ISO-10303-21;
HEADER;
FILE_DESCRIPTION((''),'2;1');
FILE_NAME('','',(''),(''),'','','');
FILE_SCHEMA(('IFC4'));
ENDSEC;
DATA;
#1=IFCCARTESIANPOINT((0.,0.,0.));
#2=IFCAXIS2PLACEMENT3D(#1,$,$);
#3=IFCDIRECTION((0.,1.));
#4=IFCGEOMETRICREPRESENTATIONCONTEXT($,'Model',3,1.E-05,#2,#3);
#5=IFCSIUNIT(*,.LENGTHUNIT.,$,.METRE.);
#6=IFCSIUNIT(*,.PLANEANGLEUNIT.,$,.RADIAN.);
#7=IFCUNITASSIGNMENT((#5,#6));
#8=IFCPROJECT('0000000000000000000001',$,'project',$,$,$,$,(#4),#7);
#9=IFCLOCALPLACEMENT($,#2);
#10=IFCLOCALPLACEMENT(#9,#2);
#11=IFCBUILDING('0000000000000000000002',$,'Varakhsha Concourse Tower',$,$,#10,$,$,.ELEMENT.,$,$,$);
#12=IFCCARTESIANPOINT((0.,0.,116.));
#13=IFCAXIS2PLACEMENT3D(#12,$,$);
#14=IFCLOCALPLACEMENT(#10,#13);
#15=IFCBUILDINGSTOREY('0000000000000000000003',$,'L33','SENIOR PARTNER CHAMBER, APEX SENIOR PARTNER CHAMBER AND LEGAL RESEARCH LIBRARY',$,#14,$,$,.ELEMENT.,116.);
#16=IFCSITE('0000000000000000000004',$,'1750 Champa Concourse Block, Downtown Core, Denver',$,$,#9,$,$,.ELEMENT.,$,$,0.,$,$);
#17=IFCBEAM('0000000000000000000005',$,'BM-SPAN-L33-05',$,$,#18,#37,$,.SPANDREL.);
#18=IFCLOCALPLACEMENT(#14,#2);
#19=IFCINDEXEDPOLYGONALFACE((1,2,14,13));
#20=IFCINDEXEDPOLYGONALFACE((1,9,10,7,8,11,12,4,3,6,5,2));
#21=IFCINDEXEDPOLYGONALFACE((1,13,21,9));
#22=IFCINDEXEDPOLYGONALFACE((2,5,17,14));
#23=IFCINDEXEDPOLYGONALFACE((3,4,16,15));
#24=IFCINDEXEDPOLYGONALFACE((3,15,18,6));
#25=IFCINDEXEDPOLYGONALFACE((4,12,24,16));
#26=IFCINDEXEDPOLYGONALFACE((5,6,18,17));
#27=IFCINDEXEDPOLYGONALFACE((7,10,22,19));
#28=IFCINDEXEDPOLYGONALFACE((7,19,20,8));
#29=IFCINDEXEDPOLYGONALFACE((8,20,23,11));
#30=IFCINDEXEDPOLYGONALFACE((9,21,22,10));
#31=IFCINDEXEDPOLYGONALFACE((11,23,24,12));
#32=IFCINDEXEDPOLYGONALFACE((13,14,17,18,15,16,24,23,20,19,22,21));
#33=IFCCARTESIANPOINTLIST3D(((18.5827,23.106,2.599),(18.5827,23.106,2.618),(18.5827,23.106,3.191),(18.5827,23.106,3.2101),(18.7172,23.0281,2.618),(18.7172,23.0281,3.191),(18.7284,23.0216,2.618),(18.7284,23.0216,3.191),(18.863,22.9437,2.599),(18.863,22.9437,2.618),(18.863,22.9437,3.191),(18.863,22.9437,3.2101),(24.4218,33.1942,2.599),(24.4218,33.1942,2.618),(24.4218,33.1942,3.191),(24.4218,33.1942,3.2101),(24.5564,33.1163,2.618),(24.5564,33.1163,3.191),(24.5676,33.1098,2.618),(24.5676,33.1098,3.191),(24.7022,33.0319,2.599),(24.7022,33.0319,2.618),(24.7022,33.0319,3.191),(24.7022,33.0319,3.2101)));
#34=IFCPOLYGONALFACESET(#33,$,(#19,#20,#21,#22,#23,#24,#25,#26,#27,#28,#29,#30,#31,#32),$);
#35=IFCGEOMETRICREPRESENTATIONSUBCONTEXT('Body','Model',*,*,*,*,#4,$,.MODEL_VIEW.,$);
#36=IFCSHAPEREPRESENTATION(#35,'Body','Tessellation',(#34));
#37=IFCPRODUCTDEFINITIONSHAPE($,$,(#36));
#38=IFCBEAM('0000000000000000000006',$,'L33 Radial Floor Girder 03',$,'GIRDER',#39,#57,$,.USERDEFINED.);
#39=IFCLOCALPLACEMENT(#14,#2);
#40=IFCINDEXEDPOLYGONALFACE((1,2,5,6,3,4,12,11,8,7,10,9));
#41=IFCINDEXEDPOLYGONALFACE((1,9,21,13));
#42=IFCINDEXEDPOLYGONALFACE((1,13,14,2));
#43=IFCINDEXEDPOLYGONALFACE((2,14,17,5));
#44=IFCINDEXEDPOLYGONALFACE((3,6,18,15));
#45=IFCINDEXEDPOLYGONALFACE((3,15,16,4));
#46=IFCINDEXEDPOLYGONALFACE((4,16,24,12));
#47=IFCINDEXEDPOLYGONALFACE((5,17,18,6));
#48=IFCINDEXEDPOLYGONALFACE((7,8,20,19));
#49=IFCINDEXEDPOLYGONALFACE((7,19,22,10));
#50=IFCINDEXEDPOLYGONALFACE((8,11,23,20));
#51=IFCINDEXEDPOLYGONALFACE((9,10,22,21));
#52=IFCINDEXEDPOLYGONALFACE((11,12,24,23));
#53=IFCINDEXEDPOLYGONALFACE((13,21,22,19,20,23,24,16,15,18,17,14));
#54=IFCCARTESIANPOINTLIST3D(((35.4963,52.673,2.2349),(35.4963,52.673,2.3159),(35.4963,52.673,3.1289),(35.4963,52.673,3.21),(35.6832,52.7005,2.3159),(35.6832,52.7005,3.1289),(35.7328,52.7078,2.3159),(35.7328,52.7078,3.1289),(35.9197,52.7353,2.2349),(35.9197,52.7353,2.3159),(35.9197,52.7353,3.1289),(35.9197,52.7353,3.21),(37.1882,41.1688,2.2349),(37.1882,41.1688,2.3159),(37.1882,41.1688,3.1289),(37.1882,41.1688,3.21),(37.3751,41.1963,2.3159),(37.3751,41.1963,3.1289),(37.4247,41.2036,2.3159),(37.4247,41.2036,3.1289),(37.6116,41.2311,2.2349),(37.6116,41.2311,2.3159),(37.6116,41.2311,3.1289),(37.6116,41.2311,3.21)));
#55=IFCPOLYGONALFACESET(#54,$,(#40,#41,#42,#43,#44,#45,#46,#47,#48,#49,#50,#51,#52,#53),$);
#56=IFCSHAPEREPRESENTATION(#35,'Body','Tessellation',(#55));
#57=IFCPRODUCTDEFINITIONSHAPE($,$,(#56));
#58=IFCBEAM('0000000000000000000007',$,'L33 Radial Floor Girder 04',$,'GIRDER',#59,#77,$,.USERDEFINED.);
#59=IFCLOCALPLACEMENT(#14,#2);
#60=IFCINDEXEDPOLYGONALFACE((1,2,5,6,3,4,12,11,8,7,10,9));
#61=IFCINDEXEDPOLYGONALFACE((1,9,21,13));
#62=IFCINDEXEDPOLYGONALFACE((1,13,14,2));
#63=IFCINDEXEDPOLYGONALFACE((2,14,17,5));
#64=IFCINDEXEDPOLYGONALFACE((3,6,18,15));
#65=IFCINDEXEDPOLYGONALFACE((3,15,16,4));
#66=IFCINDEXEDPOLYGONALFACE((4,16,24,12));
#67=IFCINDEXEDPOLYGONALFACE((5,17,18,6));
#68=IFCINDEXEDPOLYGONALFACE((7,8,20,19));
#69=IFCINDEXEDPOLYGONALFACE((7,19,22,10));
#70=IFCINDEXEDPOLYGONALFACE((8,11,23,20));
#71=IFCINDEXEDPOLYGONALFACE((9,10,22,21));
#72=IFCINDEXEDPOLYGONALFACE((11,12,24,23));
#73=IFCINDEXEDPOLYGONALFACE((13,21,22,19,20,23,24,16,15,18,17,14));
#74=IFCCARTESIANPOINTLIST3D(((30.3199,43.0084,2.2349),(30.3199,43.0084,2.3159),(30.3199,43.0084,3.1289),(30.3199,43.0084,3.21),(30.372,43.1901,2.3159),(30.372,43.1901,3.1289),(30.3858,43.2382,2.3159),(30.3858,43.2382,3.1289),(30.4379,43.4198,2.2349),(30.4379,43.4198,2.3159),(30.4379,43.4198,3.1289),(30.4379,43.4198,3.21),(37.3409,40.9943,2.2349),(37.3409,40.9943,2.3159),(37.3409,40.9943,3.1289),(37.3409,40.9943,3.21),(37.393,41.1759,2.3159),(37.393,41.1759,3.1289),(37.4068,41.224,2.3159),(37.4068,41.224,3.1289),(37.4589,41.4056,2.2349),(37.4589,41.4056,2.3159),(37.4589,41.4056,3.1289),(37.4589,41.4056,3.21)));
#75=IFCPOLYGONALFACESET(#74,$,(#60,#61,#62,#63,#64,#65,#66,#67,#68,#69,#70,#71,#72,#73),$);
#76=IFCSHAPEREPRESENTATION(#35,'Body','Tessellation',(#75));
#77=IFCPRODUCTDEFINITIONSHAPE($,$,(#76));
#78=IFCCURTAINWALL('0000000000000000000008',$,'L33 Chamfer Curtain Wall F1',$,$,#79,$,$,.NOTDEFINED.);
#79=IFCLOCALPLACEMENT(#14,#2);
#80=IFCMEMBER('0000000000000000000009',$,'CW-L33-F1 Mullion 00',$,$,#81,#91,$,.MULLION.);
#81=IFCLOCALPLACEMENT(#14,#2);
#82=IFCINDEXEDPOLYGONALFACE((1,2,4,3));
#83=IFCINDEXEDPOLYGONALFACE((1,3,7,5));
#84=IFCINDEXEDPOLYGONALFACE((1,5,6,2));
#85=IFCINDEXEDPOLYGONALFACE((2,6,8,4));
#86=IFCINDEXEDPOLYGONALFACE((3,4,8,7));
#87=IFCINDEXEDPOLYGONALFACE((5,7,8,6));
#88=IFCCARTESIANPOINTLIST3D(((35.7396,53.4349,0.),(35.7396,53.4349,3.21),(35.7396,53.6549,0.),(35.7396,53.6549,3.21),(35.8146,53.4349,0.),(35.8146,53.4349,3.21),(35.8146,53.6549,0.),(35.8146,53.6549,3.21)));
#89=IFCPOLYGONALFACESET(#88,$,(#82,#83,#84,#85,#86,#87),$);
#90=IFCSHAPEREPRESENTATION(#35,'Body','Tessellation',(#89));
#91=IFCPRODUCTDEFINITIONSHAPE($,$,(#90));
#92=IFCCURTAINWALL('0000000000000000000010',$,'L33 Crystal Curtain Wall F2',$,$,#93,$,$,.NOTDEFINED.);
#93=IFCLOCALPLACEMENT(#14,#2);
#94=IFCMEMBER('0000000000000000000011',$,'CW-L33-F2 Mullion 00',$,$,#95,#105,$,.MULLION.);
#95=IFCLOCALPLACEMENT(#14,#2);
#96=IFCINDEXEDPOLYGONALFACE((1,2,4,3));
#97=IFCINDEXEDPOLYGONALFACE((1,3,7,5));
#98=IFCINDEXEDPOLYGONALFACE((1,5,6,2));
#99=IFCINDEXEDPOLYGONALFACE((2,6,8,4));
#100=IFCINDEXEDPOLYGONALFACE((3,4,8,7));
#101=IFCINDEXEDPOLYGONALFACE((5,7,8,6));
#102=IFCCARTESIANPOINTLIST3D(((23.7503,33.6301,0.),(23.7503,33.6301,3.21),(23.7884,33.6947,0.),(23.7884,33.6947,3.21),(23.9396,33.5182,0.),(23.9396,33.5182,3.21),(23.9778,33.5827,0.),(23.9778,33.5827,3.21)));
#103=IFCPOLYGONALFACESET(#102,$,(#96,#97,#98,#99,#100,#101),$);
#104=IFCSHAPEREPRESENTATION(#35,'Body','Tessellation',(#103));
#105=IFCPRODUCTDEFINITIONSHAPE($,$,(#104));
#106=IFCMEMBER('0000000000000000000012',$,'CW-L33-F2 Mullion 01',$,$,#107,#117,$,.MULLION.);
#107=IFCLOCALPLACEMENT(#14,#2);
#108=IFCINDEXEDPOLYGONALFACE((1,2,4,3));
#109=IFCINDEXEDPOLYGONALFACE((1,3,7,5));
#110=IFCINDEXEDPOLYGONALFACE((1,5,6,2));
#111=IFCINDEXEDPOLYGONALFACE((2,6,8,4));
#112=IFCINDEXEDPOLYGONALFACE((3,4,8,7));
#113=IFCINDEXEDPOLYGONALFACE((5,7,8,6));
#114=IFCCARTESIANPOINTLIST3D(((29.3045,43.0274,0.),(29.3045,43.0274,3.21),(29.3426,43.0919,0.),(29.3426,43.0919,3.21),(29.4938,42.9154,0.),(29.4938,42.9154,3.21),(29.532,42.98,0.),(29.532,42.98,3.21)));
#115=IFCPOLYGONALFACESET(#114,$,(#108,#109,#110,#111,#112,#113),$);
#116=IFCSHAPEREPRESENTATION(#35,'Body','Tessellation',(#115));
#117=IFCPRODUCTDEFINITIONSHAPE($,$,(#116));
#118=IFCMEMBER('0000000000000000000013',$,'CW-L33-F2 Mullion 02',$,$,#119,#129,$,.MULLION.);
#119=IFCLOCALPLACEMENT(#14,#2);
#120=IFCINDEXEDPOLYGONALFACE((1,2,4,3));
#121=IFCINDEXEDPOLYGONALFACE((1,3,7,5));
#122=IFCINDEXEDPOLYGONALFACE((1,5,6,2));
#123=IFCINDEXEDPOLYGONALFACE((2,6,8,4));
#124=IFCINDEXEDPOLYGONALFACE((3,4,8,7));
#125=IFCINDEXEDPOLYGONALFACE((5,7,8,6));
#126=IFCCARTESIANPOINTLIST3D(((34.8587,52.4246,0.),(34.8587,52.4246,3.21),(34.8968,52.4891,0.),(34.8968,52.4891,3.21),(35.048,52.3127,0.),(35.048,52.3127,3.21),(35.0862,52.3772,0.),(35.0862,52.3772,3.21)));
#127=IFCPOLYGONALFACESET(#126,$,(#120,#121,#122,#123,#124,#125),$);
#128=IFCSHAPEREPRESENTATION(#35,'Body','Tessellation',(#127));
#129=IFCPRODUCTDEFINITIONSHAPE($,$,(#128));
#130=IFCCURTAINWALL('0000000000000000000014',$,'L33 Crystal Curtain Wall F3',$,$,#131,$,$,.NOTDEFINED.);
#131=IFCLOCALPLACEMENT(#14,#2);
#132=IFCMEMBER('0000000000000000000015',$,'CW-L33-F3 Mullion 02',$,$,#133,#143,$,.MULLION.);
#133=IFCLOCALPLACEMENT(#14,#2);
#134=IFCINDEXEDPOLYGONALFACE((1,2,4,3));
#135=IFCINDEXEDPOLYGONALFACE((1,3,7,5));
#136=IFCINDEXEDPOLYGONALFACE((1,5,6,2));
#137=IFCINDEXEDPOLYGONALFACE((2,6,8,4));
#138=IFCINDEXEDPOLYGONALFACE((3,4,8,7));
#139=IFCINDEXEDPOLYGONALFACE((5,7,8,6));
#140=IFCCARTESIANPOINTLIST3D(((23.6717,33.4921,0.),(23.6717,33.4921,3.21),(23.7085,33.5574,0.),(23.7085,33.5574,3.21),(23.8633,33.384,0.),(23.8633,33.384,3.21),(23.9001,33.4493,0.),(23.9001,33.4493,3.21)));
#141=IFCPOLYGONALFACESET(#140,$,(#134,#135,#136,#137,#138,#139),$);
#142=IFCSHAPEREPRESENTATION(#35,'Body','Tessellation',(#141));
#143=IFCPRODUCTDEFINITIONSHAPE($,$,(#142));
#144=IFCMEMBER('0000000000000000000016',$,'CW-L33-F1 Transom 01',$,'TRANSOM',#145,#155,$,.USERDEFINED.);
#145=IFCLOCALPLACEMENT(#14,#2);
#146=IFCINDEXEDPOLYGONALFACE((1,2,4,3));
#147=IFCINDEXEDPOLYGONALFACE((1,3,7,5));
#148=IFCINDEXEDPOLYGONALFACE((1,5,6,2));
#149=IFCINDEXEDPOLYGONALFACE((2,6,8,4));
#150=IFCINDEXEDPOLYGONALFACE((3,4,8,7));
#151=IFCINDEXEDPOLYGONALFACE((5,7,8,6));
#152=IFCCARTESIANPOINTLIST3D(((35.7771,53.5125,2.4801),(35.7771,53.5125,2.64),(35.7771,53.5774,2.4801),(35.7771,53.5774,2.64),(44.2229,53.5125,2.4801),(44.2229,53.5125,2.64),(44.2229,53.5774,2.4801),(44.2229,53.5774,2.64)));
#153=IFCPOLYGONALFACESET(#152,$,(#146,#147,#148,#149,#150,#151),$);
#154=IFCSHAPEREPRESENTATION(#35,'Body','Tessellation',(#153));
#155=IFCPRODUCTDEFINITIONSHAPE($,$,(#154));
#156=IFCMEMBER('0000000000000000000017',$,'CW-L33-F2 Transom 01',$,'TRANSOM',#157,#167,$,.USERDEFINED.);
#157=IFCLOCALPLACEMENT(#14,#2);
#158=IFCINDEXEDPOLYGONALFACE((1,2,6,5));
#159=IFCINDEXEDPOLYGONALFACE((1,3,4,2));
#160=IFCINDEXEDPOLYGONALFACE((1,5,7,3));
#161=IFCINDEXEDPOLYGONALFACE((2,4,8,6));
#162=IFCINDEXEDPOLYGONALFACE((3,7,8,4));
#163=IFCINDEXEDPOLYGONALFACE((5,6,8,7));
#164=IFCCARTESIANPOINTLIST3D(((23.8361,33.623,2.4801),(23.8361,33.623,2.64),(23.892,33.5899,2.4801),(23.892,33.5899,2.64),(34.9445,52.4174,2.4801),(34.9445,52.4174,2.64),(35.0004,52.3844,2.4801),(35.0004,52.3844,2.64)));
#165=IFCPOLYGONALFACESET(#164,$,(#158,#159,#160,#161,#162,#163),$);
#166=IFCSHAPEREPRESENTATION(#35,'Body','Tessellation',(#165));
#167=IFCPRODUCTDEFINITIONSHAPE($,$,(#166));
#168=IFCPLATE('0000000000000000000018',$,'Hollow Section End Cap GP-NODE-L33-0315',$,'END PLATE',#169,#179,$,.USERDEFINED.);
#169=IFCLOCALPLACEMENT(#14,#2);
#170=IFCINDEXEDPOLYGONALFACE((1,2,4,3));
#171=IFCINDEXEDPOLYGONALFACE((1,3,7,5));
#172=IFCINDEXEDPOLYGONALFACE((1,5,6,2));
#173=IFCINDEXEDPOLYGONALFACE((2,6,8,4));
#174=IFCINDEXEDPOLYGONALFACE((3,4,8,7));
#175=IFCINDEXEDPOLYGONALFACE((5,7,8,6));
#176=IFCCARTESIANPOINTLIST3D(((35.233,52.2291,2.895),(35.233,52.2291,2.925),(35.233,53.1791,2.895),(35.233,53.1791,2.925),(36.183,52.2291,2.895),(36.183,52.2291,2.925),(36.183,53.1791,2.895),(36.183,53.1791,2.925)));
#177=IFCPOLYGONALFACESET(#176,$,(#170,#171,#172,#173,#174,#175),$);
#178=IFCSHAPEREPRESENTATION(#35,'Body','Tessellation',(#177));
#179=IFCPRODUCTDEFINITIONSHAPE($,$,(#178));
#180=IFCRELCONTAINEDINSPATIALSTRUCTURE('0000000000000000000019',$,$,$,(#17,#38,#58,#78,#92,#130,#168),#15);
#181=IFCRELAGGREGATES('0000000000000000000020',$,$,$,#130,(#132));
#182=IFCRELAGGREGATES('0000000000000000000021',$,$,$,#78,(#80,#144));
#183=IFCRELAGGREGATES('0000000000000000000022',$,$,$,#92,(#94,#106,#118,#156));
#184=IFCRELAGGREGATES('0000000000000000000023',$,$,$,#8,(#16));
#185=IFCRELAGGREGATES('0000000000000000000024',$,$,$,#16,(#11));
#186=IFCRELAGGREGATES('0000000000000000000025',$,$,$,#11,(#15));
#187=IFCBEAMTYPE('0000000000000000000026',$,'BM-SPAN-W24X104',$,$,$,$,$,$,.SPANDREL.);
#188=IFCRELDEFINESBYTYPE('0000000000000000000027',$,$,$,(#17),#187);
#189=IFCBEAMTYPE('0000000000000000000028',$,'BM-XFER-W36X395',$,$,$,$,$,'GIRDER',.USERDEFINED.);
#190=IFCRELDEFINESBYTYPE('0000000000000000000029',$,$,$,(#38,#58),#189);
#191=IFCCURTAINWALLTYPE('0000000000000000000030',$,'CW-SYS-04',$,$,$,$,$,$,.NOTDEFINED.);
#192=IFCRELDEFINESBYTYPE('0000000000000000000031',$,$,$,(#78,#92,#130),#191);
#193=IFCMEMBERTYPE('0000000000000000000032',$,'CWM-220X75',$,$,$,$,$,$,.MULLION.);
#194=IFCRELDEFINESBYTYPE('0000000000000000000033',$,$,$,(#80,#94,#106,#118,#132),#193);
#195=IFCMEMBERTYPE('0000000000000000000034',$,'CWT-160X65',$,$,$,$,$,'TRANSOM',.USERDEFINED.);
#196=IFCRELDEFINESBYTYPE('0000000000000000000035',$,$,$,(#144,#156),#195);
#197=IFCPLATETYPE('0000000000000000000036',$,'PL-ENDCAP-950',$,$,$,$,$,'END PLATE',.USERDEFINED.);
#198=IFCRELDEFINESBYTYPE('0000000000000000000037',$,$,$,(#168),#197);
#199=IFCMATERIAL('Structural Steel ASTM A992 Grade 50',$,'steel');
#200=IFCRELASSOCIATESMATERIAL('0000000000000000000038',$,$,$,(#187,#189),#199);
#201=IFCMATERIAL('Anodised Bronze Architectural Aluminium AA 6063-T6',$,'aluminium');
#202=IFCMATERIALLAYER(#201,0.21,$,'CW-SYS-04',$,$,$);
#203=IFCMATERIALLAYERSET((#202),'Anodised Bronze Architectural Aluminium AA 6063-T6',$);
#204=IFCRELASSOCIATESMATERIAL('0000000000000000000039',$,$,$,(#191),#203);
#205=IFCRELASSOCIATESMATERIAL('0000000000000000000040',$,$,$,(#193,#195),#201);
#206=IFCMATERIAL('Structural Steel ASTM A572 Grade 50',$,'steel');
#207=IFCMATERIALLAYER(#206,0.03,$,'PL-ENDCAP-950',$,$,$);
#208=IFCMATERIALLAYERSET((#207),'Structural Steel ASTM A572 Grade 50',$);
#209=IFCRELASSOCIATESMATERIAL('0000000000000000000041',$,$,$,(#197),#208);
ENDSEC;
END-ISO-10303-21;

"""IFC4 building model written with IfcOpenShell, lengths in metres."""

from ifc_helpers import new_model, si_unit, direction, frame, origin, origin_2d, place, context, subcontext, project, spatial, rectangle, i_section, extrude, source, transform, mapped, material, layer, layer_set, material_profile, profile_set, type_object, type_shapes, element, aggregate, save


model = new_model("IFC4")

# Units and contexts
model_context = context("Model", 3, precision=1e-05, world=origin(), true_north=direction((0.0, 1.0)))
body_context = subcontext(model_context, "Body", "Model", "MODEL_VIEW")
ifc_project = project(units=[si_unit("LENGTHUNIT", "METRE"), si_unit("PLANEANGLEUNIT", "RADIAN")], contexts=[model_context])

# Site, building, storey
site_placement = place(None, origin())
site = spatial("IfcSite", under=ifc_project, at=site_placement, Name="1750 Champa Concourse Block, Downtown Core, Denver", CompositionType="ELEMENT", RefElevation=0.0)
building_placement = place(site_placement, origin())
building = spatial("IfcBuilding", under=site, at=building_placement, Name="Varakhsha Concourse Tower", CompositionType="ELEMENT")
storey_placement = place(building_placement, frame((0.0, 0.0, 116.0)))
storey = spatial("IfcBuildingStorey", under=building, at=storey_placement, Name="L33", Description="SENIOR PARTNER CHAMBER, APEX SENIOR PARTNER CHAMBER AND LEGAL RESEARCH LIBRARY", CompositionType="ELEMENT", Elevation=116.0)

# Shared definitions
ifc_material_1 = material(Name="Structural Steel ASTM A992 Grade 50", Category="steel")
ifc_material_2 = material(Name="Structural Steel ASTM A572 Grade 50", Category="steel")

# Beams
ifc_material_profile_1 = material_profile(ifc_material_1, i_section(OverallWidth=0.324, OverallDepth=0.6111, WebThickness=0.0129, FlangeThickness=0.019, at=origin_2d()), Name="W24X104")
ifc_profile_set_1 = profile_set([ifc_material_profile_1], Name="Structural Steel ASTM A992 Grade 50")
beam_type_1 = type_object("IfcBeamType", Name="BM-SPAN-W24X104", PredefinedType="SPANDREL", material=ifc_profile_set_1)
for number, where, z_axis, x_axis, name in (
    (1, (24.562, 33.113, 2.9045), (-0.500947, -0.865478, 0.0), (0.865478, -0.500947, 0.0), "BM-SPAN-L33-05"),
):
    element("IfcBeam", number, at=place(storey_placement, frame(where, z_axis=z_axis, x_axis=x_axis)), inside=storey, type_object=beam_type_1, Name=name, PredefinedType="SPANDREL", context=body_context, shape_type="SweptSolid", body=[
        extrude(i_section(OverallWidth=0.324, OverallDepth=0.6111, WebThickness=0.0129, FlangeThickness=0.019, at=origin_2d()), origin(), (0.0, 0.0, 1.0), 11.6562),
    ])
ifc_material_profile_2 = material_profile(ifc_material_1, i_section(OverallWidth=0.428, OverallDepth=0.9751, WebThickness=0.05, FlangeThickness=0.0811, at=origin_2d()), Name="W36X395")
ifc_profile_set_2 = profile_set([ifc_material_profile_2], Name="Structural Steel ASTM A992 Grade 50")
beam_type_2 = type_object("IfcBeamType", Name="BM-XFER-W36X395", ElementType="GIRDER", PredefinedType="USERDEFINED", material=ifc_profile_set_2)
beam_1_placement = place(storey_placement, frame((37.3999, 41.2, 2.7224), z_axis=(-0.145503, 0.989358, 0.0), x_axis=(-0.989358, -0.145503, 0.0)))
element("IfcBeam", 2, at=beam_1_placement, inside=storey, type_object=beam_type_2, Name="L33 Radial Floor Girder 03", ObjectType="GIRDER", PredefinedType="USERDEFINED", context=body_context, shape_type="SweptSolid", body=[
    extrude(i_section(OverallWidth=0.428, OverallDepth=0.9751, WebThickness=0.05, FlangeThickness=0.0811, at=origin_2d()), origin(), (0.0, 0.0, 1.0), 11.6279),
])
beam_2_placement = place(storey_placement, frame((37.3999, 41.2, 2.7224), z_axis=(-0.961228, 0.275754, 0.0), x_axis=(-0.275754, -0.961228, 0.0)))
element("IfcBeam", 3, at=beam_2_placement, inside=storey, type_object=beam_type_2, Name="L33 Radial Floor Girder 04", ObjectType="GIRDER", PredefinedType="USERDEFINED", context=body_context, shape_type="SweptSolid", body=[
    extrude(i_section(OverallWidth=0.428, OverallDepth=0.9751, WebThickness=0.05, FlangeThickness=0.0811, at=origin_2d()), origin(), (0.0, 0.0, 1.0), 7.3042),
])

# Curtain wall, member
ifc_material_3 = material(Name="Anodised Bronze Architectural Aluminium AA 6063-T6", Category="aluminium")
ifc_layer_1 = layer(ifc_material_3, 0.21, Name="CW-SYS-04")
ifc_layer_set_1 = layer_set([ifc_layer_1], Name="Anodised Bronze Architectural Aluminium AA 6063-T6")
curtain_wall_type = type_object("IfcCurtainWallType", Name="CW-SYS-04", PredefinedType="NOTDEFINED", material=ifc_layer_set_1)
curtain_wall_1_placement = place(storey_placement, origin())
curtain_wall_1 = element("IfcCurtainWall", 4, at=curtain_wall_1_placement, inside=storey, type_object=curtain_wall_type, Name="L33 Chamfer Curtain Wall F1", PredefinedType="NOTDEFINED")
ifc_material_profile_3 = material_profile(ifc_material_3, rectangle(XDim=0.075, YDim=0.22, at=origin_2d()), Name="CWM-220X75")
ifc_profile_set_3 = profile_set([ifc_material_profile_3], Name="Anodised Bronze Architectural Aluminium AA 6063-T6")
member_type_1 = type_object("IfcMemberType", Name="CWM-220X75", PredefinedType="MULLION", material=ifc_profile_set_3)
shared_shape_1 = source(origin(), body_context, "Body", "SweptSolid", [
    extrude(rectangle(XDim=0.075, YDim=0.22, at=origin_2d()), origin(), (0.0, 0.0, 1.0), 3.21),
])
type_shapes(member_type_1, [shared_shape_1])
member_1_placement = place(storey_placement, frame((35.7771, 53.5449, 0.0), z_axis=(0.0, 0.0, 1.0), x_axis=(1.0, 0.0, 0.0)))
member_1 = element("IfcMember", 5, at=member_1_placement, type_object=member_type_1, Name="CW-L33-F1 Mullion 00", PredefinedType="MULLION", context=body_context, shape_type="MappedRepresentation", body=[
    mapped(shared_shape_1, transform((0.0, 0.0, 0.0), scale=1.0)),
])

# Curtain wall, members
curtain_wall_2_placement = place(storey_placement, origin())
curtain_wall_2 = element("IfcCurtainWall", 6, at=curtain_wall_2_placement, inside=storey, type_object=curtain_wall_type, Name="L33 Crystal Curtain Wall F2", PredefinedType="NOTDEFINED")
member_2_placement = place(storey_placement, frame((23.864, 33.6064, 0.0), z_axis=(0.0, 0.0, 1.0), x_axis=(0.508815, 0.860876, 0.0)))
member_2 = element("IfcMember", 7, at=member_2_placement, type_object=member_type_1, Name="CW-L33-F2 Mullion 00", PredefinedType="MULLION", context=body_context, shape_type="MappedRepresentation", body=[
    mapped(shared_shape_1, transform((0.0, 0.0, 0.0), scale=1.0)),
])
member_3_placement = place(storey_placement, frame((29.4182, 43.0037, 0.0), z_axis=(0.0, 0.0, 1.0), x_axis=(0.508815, 0.860876, 0.0)))
member_3 = element("IfcMember", 8, at=member_3_placement, type_object=member_type_1, Name="CW-L33-F2 Mullion 01", PredefinedType="MULLION", context=body_context, shape_type="MappedRepresentation", body=[
    mapped(shared_shape_1, transform((0.0, 0.0, 0.0), scale=1.0)),
])
member_4_placement = place(storey_placement, frame((34.9724, 52.4009, 0.0), z_axis=(0.0, 0.0, 1.0), x_axis=(0.508815, 0.860876, 0.0)))
member_4 = element("IfcMember", 9, at=member_4_placement, type_object=member_type_1, Name="CW-L33-F2 Mullion 02", PredefinedType="MULLION", context=body_context, shape_type="MappedRepresentation", body=[
    mapped(shared_shape_1, transform((0.0, 0.0, 0.0), scale=1.0)),
])

# Curtain wall, member
curtain_wall_3_placement = place(storey_placement, origin())
curtain_wall_3 = element("IfcCurtainWall", 10, at=curtain_wall_3_placement, inside=storey, type_object=curtain_wall_type, Name="L33 Crystal Curtain Wall F3", PredefinedType="NOTDEFINED")
member_5_placement = place(storey_placement, frame((23.7859, 33.4707, 0.0), z_axis=(0.0, 0.0, 1.0), x_axis=(0.491138, 0.871082, 0.0)))
member_5 = element("IfcMember", 11, at=member_5_placement, type_object=member_type_1, Name="CW-L33-F3 Mullion 02", PredefinedType="MULLION", context=body_context, shape_type="MappedRepresentation", body=[
    mapped(shared_shape_1, transform((0.0, 0.0, 0.0), scale=1.0)),
])
aggregate(curtain_wall_3, [member_5])

# Members
ifc_material_profile_4 = material_profile(ifc_material_3, rectangle(XDim=0.0649, YDim=0.1599, at=origin_2d()), Name="CWT-160X65")
ifc_profile_set_4 = profile_set([ifc_material_profile_4], Name="Anodised Bronze Architectural Aluminium AA 6063-T6")
member_type_2 = type_object("IfcMemberType", Name="CWT-160X65", ElementType="TRANSOM", PredefinedType="USERDEFINED", material=ifc_profile_set_4)
shared_shape_2 = source(origin(), body_context, "Body", "SweptSolid", [
    extrude(rectangle(XDim=0.0649, YDim=0.1599, at=origin_2d()), origin(), (0.0, 0.0, 1.0), 8.4458),
])
member_6_placement = place(storey_placement, frame((35.7771, 53.5449, 2.5601), z_axis=(1.0, 0.0, 0.0), x_axis=(0.0, 1.0, 0.0)))
member_6 = element("IfcMember", 12, at=member_6_placement, type_object=member_type_2, Name="CW-L33-F1 Transom 01", ObjectType="TRANSOM", PredefinedType="USERDEFINED", context=body_context, shape_type="MappedRepresentation", body=[
    mapped(shared_shape_2, transform((0.0, 0.0, 0.0), scale=1.0)),
])
aggregate(curtain_wall_1, [member_1, member_6])
shared_shape_3 = source(origin(), body_context, "Body", "SweptSolid", [
    extrude(rectangle(XDim=0.0649, YDim=0.1599, at=origin_2d()), origin(), (0.0, 0.0, 1.0), 21.8318),
])
type_shapes(member_type_2, [shared_shape_2, shared_shape_3])
member_7_placement = place(storey_placement, frame((23.864, 33.6064, 2.5601), z_axis=(0.508817, 0.860874, 0.0), x_axis=(-0.860874, 0.508817, 0.0)))
member_7 = element("IfcMember", 13, at=member_7_placement, type_object=member_type_2, Name="CW-L33-F2 Transom 01", ObjectType="TRANSOM", PredefinedType="USERDEFINED", context=body_context, shape_type="MappedRepresentation", body=[
    mapped(shared_shape_3, transform((0.0, 0.0, 0.0), scale=1.0)),
])

# Plate
ifc_layer_2 = layer(ifc_material_2, 0.03, Name="PL-ENDCAP-950")
ifc_layer_set_2 = layer_set([ifc_layer_2], Name="Structural Steel ASTM A572 Grade 50")
plate_type_1 = type_object("IfcPlateType", Name="PL-ENDCAP-950", ElementType="END PLATE", PredefinedType="USERDEFINED", material=ifc_layer_set_2)
shared_shape_4 = source(origin(), body_context, "Body", "SweptSolid", [
    extrude(rectangle(XDim=0.95, YDim=0.95, at=origin_2d()), origin(), (0.0, 0.0, 1.0), 0.03),
])
type_shapes(plate_type_1, [shared_shape_4])
plate_1_placement = place(storey_placement, frame((35.708, 52.7041, 2.895), z_axis=(0.0, 0.0, 1.0), x_axis=(1.0, 0.0, 0.0)))
element("IfcPlate", 14, at=plate_1_placement, inside=storey, type_object=plate_type_1, Name="Hollow Section End Cap GP-NODE-L33-0315", ObjectType="END PLATE", PredefinedType="USERDEFINED", context=body_context, shape_type="MappedRepresentation", body=[
    mapped(shared_shape_4, transform((0.0, 0.0, 0.0), scale=1.0)),
])
aggregate(curtain_wall_2, [member_2, member_3, member_4, member_7])

save(model, "model.ifc")
